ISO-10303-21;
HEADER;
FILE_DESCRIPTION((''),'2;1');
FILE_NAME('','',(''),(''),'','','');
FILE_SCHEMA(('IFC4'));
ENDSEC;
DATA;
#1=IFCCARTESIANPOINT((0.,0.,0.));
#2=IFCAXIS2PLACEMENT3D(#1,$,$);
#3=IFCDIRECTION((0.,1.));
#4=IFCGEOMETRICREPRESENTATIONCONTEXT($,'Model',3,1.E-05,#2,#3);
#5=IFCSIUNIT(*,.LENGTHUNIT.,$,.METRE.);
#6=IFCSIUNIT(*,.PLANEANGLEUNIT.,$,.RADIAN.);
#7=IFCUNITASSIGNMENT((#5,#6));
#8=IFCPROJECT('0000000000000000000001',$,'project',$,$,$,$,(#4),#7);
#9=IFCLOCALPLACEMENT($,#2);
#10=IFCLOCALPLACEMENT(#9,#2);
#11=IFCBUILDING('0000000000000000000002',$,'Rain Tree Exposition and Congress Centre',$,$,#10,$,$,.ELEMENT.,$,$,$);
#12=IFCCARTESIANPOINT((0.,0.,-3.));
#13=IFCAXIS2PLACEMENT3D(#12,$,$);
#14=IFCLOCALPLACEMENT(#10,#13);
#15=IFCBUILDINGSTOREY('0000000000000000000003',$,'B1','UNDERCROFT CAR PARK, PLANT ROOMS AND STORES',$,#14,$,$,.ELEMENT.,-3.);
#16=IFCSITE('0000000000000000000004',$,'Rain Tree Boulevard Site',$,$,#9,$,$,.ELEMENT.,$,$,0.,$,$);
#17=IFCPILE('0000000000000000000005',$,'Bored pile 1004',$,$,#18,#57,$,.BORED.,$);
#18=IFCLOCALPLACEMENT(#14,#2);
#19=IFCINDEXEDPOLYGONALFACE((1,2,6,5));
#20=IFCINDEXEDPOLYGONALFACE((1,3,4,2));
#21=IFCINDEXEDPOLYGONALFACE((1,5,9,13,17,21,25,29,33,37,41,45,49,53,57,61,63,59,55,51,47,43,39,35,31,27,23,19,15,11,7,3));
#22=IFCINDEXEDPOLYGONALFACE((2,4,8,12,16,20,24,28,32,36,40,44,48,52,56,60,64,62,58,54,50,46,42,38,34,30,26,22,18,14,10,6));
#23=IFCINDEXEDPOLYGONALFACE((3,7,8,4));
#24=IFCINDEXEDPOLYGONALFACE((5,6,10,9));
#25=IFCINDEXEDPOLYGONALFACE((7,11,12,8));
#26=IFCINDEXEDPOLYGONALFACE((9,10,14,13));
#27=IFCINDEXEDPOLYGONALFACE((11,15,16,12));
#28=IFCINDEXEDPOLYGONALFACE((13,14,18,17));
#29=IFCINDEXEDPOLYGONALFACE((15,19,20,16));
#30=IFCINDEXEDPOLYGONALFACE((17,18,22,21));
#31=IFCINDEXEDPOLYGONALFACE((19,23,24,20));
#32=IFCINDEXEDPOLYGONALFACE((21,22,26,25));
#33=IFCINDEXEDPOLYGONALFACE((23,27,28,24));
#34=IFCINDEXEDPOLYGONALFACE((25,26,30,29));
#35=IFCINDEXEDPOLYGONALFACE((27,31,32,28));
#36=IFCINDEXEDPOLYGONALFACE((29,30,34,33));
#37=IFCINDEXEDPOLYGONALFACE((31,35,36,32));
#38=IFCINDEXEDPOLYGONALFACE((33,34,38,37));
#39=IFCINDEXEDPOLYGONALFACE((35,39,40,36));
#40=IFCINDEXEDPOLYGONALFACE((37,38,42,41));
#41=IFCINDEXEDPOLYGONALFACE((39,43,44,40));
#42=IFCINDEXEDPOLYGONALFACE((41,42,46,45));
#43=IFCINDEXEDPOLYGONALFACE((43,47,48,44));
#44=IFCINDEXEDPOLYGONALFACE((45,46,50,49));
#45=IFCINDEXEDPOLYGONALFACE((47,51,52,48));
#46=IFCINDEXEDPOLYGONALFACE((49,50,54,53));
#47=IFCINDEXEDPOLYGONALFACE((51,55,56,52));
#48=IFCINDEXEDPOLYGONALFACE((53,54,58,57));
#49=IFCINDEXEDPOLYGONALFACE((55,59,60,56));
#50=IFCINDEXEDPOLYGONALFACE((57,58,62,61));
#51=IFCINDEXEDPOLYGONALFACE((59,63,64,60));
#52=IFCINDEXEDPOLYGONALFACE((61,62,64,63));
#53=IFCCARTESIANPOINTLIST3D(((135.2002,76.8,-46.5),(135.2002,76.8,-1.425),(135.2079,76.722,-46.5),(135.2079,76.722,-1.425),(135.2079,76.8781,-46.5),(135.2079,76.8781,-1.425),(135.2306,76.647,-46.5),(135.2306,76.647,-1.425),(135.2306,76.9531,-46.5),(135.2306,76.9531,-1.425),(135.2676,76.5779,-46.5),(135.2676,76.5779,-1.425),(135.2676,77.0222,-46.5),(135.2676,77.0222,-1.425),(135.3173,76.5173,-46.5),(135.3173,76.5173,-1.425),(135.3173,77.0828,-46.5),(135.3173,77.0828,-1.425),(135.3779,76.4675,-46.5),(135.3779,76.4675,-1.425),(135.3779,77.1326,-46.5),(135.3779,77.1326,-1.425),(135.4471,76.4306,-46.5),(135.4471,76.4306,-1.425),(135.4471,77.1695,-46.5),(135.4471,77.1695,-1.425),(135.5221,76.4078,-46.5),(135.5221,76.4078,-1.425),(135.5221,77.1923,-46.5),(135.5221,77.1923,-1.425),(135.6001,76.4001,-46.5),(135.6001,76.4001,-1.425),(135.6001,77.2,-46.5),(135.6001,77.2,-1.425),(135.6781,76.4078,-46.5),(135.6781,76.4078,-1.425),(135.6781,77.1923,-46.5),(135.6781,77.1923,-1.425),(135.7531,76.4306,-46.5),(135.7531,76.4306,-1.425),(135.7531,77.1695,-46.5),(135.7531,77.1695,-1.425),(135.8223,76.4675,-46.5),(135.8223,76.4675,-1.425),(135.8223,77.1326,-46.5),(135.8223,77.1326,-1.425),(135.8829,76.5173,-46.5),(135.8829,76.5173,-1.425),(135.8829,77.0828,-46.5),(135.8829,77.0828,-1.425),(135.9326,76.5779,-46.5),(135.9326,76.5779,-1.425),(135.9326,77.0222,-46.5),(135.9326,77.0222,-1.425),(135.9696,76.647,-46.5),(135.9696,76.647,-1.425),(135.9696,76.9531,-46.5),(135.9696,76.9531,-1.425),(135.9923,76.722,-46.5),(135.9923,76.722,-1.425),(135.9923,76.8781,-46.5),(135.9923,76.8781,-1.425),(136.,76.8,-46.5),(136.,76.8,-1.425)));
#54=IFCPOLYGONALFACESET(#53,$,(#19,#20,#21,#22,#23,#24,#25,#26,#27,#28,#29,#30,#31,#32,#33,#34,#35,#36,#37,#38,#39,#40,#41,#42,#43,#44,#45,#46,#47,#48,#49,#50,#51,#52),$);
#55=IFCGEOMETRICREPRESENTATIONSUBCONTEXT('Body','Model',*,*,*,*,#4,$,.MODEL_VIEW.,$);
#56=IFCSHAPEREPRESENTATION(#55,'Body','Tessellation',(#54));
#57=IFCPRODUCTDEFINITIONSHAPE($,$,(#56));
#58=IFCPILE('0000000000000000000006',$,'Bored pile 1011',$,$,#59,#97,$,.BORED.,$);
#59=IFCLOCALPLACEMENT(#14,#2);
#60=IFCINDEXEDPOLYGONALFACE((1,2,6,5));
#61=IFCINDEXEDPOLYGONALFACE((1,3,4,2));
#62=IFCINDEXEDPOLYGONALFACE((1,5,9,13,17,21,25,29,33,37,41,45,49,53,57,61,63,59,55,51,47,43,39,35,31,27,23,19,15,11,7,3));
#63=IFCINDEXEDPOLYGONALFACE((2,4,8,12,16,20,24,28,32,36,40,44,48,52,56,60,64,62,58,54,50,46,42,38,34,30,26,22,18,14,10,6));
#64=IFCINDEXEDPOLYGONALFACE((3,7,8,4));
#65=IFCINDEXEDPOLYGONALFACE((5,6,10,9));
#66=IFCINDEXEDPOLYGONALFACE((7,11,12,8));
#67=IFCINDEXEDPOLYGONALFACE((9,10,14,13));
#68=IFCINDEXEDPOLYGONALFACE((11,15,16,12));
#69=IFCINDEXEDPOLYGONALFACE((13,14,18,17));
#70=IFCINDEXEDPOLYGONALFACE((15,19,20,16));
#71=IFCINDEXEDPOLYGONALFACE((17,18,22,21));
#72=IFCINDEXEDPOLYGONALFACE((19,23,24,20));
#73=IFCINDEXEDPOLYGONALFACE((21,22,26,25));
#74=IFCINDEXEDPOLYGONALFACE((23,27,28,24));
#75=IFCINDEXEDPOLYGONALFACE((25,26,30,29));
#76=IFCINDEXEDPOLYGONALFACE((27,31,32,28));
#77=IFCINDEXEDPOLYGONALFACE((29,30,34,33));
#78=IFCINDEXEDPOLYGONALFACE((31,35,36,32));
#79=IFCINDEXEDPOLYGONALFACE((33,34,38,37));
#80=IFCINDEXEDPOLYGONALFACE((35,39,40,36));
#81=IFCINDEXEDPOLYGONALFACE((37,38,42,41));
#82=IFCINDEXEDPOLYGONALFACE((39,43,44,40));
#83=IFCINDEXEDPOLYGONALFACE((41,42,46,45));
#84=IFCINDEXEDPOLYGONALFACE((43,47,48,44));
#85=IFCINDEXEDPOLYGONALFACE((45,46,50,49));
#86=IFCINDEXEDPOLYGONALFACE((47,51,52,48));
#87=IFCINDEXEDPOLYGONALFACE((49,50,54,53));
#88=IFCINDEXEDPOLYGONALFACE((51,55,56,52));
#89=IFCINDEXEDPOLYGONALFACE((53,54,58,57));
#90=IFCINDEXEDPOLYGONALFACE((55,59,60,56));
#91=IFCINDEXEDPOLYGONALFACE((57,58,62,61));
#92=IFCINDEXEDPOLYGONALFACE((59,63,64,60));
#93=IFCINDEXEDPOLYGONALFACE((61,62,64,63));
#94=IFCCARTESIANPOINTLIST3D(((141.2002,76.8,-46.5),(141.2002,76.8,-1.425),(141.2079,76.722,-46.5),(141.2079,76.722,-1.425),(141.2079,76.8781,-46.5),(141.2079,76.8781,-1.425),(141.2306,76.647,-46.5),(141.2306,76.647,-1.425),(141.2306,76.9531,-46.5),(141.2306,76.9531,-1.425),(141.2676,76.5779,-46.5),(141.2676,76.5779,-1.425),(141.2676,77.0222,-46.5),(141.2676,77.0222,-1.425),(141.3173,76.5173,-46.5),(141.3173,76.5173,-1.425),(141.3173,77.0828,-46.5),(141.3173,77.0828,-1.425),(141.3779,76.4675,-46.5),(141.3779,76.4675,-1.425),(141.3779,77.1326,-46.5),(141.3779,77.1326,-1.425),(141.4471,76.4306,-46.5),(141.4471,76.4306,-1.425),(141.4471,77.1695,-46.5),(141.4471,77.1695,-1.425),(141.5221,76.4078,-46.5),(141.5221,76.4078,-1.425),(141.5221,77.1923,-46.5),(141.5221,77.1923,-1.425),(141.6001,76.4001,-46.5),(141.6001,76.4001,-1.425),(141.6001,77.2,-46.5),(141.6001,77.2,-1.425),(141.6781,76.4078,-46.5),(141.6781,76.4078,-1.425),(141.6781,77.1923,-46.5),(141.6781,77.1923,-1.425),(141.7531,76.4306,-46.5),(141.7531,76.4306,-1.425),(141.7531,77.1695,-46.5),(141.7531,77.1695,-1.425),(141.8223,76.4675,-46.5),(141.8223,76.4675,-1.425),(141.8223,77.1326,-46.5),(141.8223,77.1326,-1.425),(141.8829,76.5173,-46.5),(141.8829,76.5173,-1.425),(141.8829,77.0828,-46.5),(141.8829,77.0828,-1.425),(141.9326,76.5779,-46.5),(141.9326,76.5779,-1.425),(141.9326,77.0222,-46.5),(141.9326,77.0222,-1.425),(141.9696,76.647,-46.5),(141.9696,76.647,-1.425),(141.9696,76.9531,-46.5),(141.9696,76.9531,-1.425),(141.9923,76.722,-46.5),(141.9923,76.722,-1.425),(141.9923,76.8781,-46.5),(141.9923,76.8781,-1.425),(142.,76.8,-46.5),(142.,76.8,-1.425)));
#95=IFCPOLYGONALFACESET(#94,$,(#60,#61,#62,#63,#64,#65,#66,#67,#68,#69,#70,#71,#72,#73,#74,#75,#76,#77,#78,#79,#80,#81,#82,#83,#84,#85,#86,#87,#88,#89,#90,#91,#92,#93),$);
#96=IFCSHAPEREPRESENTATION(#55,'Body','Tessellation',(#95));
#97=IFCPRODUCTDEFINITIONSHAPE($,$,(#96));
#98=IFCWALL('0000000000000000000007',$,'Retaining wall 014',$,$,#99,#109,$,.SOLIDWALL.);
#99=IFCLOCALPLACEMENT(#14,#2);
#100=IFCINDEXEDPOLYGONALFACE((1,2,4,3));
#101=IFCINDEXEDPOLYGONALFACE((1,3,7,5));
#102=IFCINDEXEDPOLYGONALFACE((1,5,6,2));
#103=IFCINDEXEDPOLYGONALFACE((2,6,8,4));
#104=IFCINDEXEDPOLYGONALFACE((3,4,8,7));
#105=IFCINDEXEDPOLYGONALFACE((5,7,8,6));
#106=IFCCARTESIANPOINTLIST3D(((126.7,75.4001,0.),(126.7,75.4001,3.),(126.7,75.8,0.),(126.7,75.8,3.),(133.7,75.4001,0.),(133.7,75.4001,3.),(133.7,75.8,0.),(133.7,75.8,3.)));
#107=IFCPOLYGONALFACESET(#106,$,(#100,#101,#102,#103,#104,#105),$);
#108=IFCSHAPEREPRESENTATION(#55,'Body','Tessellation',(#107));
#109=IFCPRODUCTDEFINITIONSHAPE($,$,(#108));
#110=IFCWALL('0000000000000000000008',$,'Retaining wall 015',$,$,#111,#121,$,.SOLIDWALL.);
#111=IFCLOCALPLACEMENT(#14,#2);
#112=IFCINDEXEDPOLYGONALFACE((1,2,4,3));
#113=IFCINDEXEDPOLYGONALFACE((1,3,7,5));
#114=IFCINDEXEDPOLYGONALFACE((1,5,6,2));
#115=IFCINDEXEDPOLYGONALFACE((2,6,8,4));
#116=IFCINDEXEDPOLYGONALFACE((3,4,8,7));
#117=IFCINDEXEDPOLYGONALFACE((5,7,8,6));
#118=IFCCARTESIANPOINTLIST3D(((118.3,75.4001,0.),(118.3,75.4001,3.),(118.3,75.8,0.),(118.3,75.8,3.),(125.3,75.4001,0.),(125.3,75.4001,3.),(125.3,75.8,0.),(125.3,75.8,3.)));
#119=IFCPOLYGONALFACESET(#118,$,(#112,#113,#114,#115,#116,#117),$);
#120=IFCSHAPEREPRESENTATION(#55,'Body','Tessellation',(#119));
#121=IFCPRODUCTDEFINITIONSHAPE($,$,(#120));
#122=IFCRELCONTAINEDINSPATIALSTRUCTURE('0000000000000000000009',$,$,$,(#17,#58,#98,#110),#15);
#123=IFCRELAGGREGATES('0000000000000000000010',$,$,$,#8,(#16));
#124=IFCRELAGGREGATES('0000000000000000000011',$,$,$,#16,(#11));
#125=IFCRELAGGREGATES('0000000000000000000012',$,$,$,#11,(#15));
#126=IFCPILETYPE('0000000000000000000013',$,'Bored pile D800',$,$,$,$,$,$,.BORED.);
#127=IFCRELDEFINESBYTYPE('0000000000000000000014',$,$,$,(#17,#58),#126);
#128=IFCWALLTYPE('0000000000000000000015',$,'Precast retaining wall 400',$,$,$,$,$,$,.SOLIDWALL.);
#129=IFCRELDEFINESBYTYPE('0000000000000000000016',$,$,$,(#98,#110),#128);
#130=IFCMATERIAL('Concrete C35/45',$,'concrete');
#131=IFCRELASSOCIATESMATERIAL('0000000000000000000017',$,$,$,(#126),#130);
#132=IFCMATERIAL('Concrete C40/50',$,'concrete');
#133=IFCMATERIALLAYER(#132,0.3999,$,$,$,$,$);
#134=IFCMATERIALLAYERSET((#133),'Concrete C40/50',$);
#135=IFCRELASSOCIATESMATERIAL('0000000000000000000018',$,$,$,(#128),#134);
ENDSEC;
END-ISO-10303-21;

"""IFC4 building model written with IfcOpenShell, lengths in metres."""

from ifc_helpers import new_model, si_unit, direction, frame, frame_2d, origin, origin_2d, place, context, subcontext, project, spatial, rectangle, circle, extrude, material, layer, layer_set, material_profile, profile_set, type_object, element, save


model = new_model("IFC4")

# Units and contexts
model_context = context("Model", 3, precision=1e-05, world=origin(), true_north=direction((0.0, 1.0)))
body_context = subcontext(model_context, "Body", "Model", "MODEL_VIEW")
ifc_project = project(units=[si_unit("LENGTHUNIT", "METRE"), si_unit("PLANEANGLEUNIT", "RADIAN")], contexts=[model_context])

# Site, building, storey
site_placement = place(None, origin())
site = spatial("IfcSite", under=ifc_project, at=site_placement, Name="Rain Tree Boulevard Site", CompositionType="ELEMENT", RefElevation=0.0)
building_placement = place(site_placement, origin())
building = spatial("IfcBuilding", under=site, at=building_placement, Name="Rain Tree Exposition and Congress Centre", CompositionType="ELEMENT")
storey_placement = place(building_placement, frame((0.0, 0.0, -3.0)))
storey = spatial("IfcBuildingStorey", under=building, at=storey_placement, Name="B1", Description="UNDERCROFT CAR PARK, PLANT ROOMS AND STORES", CompositionType="ELEMENT", Elevation=-3.0)

# Piles
ifc_material_1 = material(Name="Concrete C35/45", Category="concrete")
ifc_material_profile_1 = material_profile(ifc_material_1, circle(Radius=0.3999, at=origin_2d()), Name="D800")
ifc_profile_set_1 = profile_set([ifc_material_profile_1], Name="Concrete C35/45")
pile_type_1 = type_object("IfcPileType", Name="Bored pile D800", PredefinedType="BORED", material=ifc_profile_set_1)
for number, where, z_axis, x_axis, name in (
    (1, (135.6001, 76.8, -1.425), (0.0, 0.0, -1.0), (1.0, 0.0, 0.0), "Bored pile 1004"),
    (2, (141.6001, 76.8, -1.425), (0.0, 0.0, -1.0), (1.0, 0.0, 0.0), "Bored pile 1011"),
):
    element("IfcPile", number, at=place(storey_placement, frame(where, z_axis=z_axis, x_axis=x_axis)), inside=storey, type_object=pile_type_1, Name=name, PredefinedType="BORED", context=body_context, shape_type="SweptSolid", body=[
        extrude(circle(Radius=0.3999, at=origin_2d()), origin(), (0.0, 0.0, 1.0), 45.075),
    ])

# Walls
ifc_material_2 = material(Name="Concrete C40/50", Category="concrete")
ifc_layer = layer(ifc_material_2, 0.3999)
ifc_layer_set = layer_set([ifc_layer], Name="Concrete C40/50")
wall_type = type_object("IfcWallType", Name="Precast retaining wall 400", PredefinedType="SOLIDWALL", material=ifc_layer_set)
for number, where, z_axis, x_axis, name in (
    (3, (133.7, 75.6001, 0.0), (0.0, 0.0, 1.0), (-1.0, 0.0, 0.0), "Retaining wall 014"),
    (4, (125.3, 75.6001, 0.0), (0.0, 0.0, 1.0), (-1.0, 0.0, 0.0), "Retaining wall 015"),
):
    element("IfcWall", number, at=place(storey_placement, frame(where, z_axis=z_axis, x_axis=x_axis)), inside=storey, type_object=wall_type, Name=name, PredefinedType="SOLIDWALL", context=body_context, shape_type="SweptSolid", body=[
        extrude(rectangle(XDim=7.0, YDim=0.3999, at=frame_2d((3.5, 0.0))), origin(), (0.0, 0.0, 1.0), 3.0),
    ])

save(model, "model.ifc")
